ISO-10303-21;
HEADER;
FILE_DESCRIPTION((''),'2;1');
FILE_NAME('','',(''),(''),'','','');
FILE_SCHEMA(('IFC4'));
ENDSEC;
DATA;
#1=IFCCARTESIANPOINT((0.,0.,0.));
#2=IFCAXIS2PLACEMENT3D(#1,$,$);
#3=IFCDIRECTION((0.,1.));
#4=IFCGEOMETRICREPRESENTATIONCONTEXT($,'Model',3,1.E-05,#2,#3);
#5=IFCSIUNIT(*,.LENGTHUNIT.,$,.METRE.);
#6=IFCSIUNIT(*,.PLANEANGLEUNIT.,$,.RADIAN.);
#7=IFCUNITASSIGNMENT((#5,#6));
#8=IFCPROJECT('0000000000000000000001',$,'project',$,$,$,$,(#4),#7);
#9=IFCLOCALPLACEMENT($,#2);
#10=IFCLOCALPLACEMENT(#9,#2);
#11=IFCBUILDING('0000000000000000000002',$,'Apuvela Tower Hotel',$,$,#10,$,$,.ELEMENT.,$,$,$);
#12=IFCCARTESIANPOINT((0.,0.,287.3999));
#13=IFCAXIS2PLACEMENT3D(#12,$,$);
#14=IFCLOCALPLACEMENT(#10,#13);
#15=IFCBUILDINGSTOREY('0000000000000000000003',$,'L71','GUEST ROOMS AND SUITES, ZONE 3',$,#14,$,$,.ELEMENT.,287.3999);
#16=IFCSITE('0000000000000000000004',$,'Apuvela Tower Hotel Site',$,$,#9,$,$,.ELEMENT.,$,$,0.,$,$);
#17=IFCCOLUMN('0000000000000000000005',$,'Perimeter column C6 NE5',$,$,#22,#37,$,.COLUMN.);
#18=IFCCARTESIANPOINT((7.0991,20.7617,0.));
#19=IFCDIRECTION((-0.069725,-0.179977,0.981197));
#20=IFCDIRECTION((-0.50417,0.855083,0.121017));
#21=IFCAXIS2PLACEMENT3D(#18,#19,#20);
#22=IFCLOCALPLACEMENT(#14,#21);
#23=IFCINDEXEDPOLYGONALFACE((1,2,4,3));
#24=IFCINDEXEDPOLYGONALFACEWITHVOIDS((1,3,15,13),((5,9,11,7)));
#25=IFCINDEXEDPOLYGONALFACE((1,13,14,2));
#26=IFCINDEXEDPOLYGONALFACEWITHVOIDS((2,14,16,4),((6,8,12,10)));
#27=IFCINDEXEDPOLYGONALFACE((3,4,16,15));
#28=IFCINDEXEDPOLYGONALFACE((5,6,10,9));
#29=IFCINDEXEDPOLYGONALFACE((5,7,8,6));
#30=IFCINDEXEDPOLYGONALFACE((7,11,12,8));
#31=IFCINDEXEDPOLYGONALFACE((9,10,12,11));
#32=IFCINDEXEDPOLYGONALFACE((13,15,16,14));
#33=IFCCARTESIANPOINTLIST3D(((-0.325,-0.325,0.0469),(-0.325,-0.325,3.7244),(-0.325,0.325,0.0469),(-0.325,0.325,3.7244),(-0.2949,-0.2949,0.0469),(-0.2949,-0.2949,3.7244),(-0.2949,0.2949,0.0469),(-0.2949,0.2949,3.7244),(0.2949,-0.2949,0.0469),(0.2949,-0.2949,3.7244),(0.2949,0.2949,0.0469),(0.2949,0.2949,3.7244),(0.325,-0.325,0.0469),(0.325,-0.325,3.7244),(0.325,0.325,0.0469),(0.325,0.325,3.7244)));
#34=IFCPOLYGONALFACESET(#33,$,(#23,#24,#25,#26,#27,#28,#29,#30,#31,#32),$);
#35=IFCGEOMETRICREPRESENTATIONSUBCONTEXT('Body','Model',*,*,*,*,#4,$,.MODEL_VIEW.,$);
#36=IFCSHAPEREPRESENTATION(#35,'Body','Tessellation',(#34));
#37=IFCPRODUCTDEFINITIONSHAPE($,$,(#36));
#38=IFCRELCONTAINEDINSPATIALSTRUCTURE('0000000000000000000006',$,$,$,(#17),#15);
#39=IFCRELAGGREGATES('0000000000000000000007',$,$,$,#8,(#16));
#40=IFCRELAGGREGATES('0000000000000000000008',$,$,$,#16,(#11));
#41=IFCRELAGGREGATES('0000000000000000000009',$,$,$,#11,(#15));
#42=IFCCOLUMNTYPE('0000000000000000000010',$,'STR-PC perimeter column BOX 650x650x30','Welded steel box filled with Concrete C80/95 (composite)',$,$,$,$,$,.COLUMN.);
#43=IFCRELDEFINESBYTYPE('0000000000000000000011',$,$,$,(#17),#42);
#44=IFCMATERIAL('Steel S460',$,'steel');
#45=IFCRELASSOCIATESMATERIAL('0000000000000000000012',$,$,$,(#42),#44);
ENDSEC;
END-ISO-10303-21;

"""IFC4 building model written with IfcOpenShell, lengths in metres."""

from ifc_helpers import new_model, si_unit, direction, frame, origin, origin_2d, place, context, subcontext, project, spatial, rectangle, hollow_rectangle, extrude, boolean, halfspace, material, material_profile, profile_set, type_object, element, save


model = new_model("IFC4")

# Units and contexts
model_context = context("Model", 3, precision=1e-05, world=origin(), true_north=direction((0.0, 1.0)))
body_context = subcontext(model_context, "Body", "Model", "MODEL_VIEW")
ifc_project = project(units=[si_unit("LENGTHUNIT", "METRE"), si_unit("PLANEANGLEUNIT", "RADIAN")], contexts=[model_context])

# Site, building, storey
site_placement = place(None, origin())
site = spatial("IfcSite", under=ifc_project, at=site_placement, Name="Apuvela Tower Hotel Site", CompositionType="ELEMENT", RefElevation=0.0)
building_placement = place(site_placement, origin())
building = spatial("IfcBuilding", under=site, at=building_placement, Name="Apuvela Tower Hotel", CompositionType="ELEMENT")
storey_placement = place(building_placement, frame((0.0, 0.0, 287.3999)))
storey = spatial("IfcBuildingStorey", under=building, at=storey_placement, Name="L71", Description="GUEST ROOMS AND SUITES, ZONE 3", CompositionType="ELEMENT", Elevation=287.3999)

# Column
ifc_material_1 = material(Name="Steel S460", Category="steel")
ifc_material_profile_1 = material_profile(ifc_material_1, hollow_rectangle(XDim=0.6499, YDim=0.6499, WallThickness=0.03, at=origin_2d()), Name="BOX 650x650x30")
ifc_material_2 = material(Name="Concrete C80/95", Category="concrete")
ifc_material_profile_2 = material_profile(ifc_material_2, rectangle(XDim=0.5901, YDim=0.5901, at=origin_2d()), Name="Concrete C80/95 infill")
ifc_profile_set_1 = profile_set([ifc_material_profile_1, ifc_material_profile_2], Name="Steel S460")
column_type = type_object("IfcColumnType", Name="STR-PC perimeter column BOX 650x650x30", Description="Welded steel box filled with Concrete C80/95 (composite)", PredefinedType="COLUMN", material=ifc_profile_set_1)
column_placement = place(storey_placement, frame((7.0991, 20.7617, 0.0), z_axis=(-0.069725, -0.179977, 0.981197), x_axis=(-0.50417, 0.855083, 0.121017)))
element("IfcColumn", 1, at=column_placement, inside=storey, type_object=column_type, Name="Perimeter column C6 NE5", PredefinedType="COLUMN", context=body_context, shape_type="SweptSolid", body=[
    boolean("DIFFERENCE", boolean("DIFFERENCE", extrude(hollow_rectangle(XDim=0.6499, YDim=0.6499, WallThickness=0.03, at=origin_2d()), origin(), (0.0, 0.0, 1.0), 3.771), halfspace(frame((0.0, 0.0, 0.0469), z_axis=(0.0, 0.0, 1.0), x_axis=(1.0, 0.0, 0.0)), True)), halfspace(frame((0.0, 0.0, 3.7244), z_axis=(0.0, 0.0, 1.0), x_axis=(1.0, 0.0, 0.0)), False)),
])

save(model, "model.ifc")
